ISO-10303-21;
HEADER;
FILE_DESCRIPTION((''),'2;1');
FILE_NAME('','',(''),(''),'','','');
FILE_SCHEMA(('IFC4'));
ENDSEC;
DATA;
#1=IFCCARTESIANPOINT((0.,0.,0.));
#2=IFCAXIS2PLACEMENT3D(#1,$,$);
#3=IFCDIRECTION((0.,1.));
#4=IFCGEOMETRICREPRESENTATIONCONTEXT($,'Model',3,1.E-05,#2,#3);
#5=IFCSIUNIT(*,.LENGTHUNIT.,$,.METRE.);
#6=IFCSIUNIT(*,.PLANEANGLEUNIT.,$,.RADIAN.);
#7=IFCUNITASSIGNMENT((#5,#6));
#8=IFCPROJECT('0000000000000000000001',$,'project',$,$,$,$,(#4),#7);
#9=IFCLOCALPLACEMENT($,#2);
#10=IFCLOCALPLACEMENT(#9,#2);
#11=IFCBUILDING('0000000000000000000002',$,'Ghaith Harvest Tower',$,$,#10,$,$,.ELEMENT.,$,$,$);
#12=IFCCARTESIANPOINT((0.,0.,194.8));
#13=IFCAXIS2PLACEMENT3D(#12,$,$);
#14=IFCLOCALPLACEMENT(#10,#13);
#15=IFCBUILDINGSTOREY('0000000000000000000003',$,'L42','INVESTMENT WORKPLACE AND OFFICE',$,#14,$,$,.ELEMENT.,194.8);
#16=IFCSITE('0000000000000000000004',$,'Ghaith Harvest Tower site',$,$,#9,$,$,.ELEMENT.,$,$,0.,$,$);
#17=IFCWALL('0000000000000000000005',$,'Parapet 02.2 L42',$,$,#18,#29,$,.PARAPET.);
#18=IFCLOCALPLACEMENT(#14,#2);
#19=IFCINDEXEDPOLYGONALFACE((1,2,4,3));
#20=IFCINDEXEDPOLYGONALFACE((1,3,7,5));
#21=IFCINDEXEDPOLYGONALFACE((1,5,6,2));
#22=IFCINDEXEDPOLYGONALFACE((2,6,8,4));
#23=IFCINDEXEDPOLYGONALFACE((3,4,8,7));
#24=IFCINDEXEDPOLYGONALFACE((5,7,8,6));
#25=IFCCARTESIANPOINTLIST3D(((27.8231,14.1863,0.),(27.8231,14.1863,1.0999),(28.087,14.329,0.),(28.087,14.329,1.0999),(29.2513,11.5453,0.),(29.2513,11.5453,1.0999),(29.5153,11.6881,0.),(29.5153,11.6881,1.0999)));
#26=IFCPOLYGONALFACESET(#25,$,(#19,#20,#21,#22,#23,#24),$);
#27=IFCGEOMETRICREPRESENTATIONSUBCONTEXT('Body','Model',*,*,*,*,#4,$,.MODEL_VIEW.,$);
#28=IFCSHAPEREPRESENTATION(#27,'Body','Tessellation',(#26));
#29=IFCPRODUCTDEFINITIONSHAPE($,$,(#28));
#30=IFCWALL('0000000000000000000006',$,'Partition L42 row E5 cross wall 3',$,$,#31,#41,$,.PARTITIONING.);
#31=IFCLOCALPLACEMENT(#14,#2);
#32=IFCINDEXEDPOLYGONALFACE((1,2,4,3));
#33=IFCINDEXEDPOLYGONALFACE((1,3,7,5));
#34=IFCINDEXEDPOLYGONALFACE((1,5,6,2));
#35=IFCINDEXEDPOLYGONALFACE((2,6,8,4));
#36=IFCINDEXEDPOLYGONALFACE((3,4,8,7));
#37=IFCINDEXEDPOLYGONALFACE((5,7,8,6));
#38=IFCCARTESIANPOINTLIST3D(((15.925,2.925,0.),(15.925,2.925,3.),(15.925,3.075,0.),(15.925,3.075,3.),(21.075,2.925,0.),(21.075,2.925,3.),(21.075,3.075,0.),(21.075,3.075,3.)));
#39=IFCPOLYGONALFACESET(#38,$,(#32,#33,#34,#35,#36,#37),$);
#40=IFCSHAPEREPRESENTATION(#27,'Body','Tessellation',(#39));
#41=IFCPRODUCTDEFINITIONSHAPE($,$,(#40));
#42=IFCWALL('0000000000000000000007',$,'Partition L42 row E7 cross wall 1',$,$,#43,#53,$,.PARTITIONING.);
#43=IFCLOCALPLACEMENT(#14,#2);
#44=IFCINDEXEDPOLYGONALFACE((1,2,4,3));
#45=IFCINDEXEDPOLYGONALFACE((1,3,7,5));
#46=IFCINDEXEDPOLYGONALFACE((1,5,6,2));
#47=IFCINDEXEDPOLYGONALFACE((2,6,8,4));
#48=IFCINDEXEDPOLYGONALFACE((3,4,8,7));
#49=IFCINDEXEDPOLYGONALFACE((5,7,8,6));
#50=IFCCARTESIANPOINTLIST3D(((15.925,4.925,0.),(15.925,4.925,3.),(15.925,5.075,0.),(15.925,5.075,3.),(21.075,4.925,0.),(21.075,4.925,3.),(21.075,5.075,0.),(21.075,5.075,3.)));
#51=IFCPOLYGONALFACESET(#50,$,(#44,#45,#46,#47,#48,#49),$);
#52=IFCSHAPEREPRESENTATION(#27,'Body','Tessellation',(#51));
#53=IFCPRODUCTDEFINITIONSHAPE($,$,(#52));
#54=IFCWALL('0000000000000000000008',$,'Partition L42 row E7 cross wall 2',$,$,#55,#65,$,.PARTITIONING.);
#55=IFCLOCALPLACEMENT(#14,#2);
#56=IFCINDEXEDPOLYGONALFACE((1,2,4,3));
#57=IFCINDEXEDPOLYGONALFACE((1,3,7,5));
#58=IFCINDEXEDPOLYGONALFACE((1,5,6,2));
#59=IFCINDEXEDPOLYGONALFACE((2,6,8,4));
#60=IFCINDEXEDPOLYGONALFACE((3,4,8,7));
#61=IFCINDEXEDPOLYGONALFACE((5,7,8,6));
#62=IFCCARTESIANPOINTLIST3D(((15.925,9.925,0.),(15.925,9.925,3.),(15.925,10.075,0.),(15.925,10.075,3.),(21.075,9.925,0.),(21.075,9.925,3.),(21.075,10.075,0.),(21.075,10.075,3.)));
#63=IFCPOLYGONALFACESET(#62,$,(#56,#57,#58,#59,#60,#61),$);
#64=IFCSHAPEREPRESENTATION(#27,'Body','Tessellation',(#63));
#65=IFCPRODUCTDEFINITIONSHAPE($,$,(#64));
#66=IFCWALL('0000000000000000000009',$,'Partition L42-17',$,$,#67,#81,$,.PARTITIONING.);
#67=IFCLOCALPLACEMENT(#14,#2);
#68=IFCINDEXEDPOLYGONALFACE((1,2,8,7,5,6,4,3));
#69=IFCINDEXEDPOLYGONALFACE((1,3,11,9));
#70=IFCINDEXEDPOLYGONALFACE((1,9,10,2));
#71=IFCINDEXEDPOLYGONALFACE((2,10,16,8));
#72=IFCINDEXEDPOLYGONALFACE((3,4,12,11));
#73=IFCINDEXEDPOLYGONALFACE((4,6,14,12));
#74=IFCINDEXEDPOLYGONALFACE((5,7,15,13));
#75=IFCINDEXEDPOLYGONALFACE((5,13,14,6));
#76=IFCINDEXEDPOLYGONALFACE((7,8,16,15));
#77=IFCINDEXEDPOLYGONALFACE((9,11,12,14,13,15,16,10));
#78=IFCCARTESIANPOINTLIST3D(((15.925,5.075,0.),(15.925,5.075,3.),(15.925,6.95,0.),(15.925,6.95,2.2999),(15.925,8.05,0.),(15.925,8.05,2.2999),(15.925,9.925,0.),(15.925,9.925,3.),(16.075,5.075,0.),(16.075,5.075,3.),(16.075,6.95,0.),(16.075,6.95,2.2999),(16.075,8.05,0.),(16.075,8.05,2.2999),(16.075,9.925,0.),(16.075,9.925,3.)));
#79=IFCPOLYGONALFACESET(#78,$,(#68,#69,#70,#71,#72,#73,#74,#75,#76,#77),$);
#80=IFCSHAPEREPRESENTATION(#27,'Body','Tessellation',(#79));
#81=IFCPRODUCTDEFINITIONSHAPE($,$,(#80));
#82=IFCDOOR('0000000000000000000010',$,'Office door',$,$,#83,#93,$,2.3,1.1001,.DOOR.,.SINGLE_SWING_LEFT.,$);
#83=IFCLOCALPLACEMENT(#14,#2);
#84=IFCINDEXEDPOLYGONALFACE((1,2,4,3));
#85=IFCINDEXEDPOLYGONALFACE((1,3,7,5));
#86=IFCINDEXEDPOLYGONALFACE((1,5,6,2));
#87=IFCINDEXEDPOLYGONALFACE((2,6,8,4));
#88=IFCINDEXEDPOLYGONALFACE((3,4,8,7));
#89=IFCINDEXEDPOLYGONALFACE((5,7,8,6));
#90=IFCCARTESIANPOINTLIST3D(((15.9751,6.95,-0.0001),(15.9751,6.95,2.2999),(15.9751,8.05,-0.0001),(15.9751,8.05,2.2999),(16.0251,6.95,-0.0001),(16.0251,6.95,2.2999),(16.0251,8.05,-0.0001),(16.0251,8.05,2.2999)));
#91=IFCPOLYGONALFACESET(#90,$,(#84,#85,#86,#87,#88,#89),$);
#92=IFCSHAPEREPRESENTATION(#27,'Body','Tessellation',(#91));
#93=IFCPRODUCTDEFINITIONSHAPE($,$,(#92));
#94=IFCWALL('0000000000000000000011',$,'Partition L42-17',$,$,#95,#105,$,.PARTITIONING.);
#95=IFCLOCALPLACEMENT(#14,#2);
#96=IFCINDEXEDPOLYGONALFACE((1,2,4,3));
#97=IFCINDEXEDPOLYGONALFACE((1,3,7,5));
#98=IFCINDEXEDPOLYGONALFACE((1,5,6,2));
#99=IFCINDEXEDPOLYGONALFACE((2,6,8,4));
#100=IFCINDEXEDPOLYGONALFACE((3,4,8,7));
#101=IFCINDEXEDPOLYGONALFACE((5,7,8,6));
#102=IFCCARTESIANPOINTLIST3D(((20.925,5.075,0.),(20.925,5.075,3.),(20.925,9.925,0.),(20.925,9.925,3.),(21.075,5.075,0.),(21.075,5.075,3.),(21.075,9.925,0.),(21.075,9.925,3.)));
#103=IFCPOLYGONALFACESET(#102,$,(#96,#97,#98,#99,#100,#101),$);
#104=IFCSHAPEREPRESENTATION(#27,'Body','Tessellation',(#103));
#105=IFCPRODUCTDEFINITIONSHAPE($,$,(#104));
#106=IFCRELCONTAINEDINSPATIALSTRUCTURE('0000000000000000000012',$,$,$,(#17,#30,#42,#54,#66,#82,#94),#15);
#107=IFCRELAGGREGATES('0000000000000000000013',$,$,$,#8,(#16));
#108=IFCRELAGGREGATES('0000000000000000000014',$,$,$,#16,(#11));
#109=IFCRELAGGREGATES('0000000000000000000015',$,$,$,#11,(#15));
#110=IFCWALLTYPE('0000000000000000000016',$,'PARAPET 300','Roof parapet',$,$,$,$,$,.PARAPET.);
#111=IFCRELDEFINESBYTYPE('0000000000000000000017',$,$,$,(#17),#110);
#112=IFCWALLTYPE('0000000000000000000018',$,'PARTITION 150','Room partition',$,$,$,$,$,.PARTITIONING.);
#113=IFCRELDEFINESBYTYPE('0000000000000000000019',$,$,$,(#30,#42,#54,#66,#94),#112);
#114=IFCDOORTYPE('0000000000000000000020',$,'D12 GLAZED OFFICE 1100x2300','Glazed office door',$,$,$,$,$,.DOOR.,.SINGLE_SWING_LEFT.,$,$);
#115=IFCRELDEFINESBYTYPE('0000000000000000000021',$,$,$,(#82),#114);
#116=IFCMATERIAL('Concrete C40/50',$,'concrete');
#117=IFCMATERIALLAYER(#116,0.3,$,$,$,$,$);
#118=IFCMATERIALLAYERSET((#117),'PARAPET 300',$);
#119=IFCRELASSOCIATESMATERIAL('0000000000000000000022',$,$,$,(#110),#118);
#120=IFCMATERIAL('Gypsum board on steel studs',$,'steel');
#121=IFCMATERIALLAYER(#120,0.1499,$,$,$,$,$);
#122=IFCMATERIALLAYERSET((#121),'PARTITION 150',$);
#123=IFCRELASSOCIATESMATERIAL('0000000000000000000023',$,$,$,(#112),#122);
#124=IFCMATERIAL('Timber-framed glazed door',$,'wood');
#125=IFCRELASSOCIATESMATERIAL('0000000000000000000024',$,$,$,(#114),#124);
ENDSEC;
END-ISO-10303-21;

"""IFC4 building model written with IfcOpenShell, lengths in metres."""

from ifc_helpers import new_model, si_unit, direction, frame, frame_2d, origin, place, context, subcontext, project, spatial, rectangle, extrude, material, layer, layer_set, type_object, element, fill, save


model = new_model("IFC4")

# Units and contexts
model_context = context("Model", 3, precision=1e-05, world=origin(), true_north=direction((0.0, 1.0)))
body_context = subcontext(model_context, "Body", "Model", "MODEL_VIEW")
ifc_project = project(units=[si_unit("LENGTHUNIT", "METRE"), si_unit("PLANEANGLEUNIT", "RADIAN")], contexts=[model_context])

# Site, building, storey
site_placement = place(None, origin())
site = spatial("IfcSite", under=ifc_project, at=site_placement, Name="Ghaith Harvest Tower site", CompositionType="ELEMENT", RefElevation=0.0)
building_placement = place(site_placement, origin())
building = spatial("IfcBuilding", under=site, at=building_placement, Name="Ghaith Harvest Tower", CompositionType="ELEMENT")
storey_placement = place(building_placement, frame((0.0, 0.0, 194.8)))
storey = spatial("IfcBuildingStorey", under=building, at=storey_placement, Name="L42", Description="INVESTMENT WORKPLACE AND OFFICE", CompositionType="ELEMENT", Elevation=194.8)

# Walls
ifc_material_1 = material(Name="Concrete C40/50", Category="concrete")
ifc_layer_1 = layer(ifc_material_1, 0.3)
ifc_layer_set_1 = layer_set([ifc_layer_1], Name="PARAPET 300")
wall_type_1 = type_object("IfcWallType", Name="PARAPET 300", Description="Roof parapet", PredefinedType="PARAPET", material=ifc_layer_set_1)
wall_1_placement = place(storey_placement, frame((29.3833, 11.6167, 0.0), z_axis=(0.0, 0.0, 1.0), x_axis=(-0.475704, 0.879605, 0.0)))
element("IfcWall", 1, at=wall_1_placement, inside=storey, type_object=wall_type_1, Name="Parapet 02.2 L42", PredefinedType="PARAPET", context=body_context, shape_type="SweptSolid", body=[
    extrude(rectangle(XDim=3.0024, YDim=0.3, at=frame_2d((1.5012, 0.0))), origin(), (0.0, 0.0, 1.0), 1.0999),
])
ifc_material_2 = material(Name="Gypsum board on steel studs", Category="steel")
ifc_layer_2 = layer(ifc_material_2, 0.1499)
ifc_layer_set_2 = layer_set([ifc_layer_2], Name="PARTITION 150")
wall_type_2 = type_object("IfcWallType", Name="PARTITION 150", Description="Room partition", PredefinedType="PARTITIONING", material=ifc_layer_set_2)
for number, where, z_axis, x_axis, name in (
    (2, (15.925, 3.0, 0.0), (0.0, 0.0, 1.0), (1.0, 0.0, 0.0), "Partition L42 row E5 cross wall 3"),
    (3, (15.925, 5.0, 0.0), (0.0, 0.0, 1.0), (1.0, 0.0, 0.0), "Partition L42 row E7 cross wall 1"),
    (4, (15.925, 10.0, 0.0), (0.0, 0.0, 1.0), (1.0, 0.0, 0.0), "Partition L42 row E7 cross wall 2"),
):
    element("IfcWall", number, at=place(storey_placement, frame(where, z_axis=z_axis, x_axis=x_axis)), inside=storey, type_object=wall_type_2, Name=name, PredefinedType="PARTITIONING", context=body_context, shape_type="SweptSolid", body=[
        extrude(rectangle(XDim=5.1499, YDim=0.1499, at=frame_2d((2.575, 0.0))), origin(), (0.0, 0.0, 1.0), 3.0),
    ])

# Wall, opening, door
wall_2_placement = place(storey_placement, frame((16.0, 5.075, 0.0), z_axis=(0.0, 0.0, 1.0), x_axis=(0.0, 1.0, 0.0)))
wall_2 = element("IfcWall", 5, at=wall_2_placement, inside=storey, type_object=wall_type_2, Name="Partition L42-17", PredefinedType="PARTITIONING", context=body_context, shape_type="SweptSolid", body=[
    extrude(rectangle(XDim=4.8501, YDim=0.1499, at=frame_2d((2.425, 0.0))), origin(), (0.0, 0.0, 1.0), 3.0),
])
opening_placement = place(wall_2_placement, frame((1.875, 0.0, 0.0)))
opening = element("IfcOpeningElement", 6, at=opening_placement, cuts=wall_2, PredefinedType="OPENING", context=body_context, shape_type="SweptSolid", body=[
    extrude(rectangle(XDim=1.1001, YDim=2.3, at=frame_2d((0.55, 1.1499))), frame((0.0, 0.085, 0.0), z_axis=(0.0, -1.0, 0.0), x_axis=(1.0, 0.0, 0.0)), (0.0, 0.0, 1.0), 0.1699),
])
ifc_material_3 = material(Name="Timber-framed glazed door", Category="wood")
door_type = type_object("IfcDoorType", Name="D12 GLAZED OFFICE 1100x2300", Description="Glazed office door", OperationType="SINGLE_SWING_LEFT", PredefinedType="DOOR", material=ifc_material_3)
door_placement = place(opening_placement, origin())
door = element("IfcDoor", 7, at=door_placement, inside=storey, type_object=door_type, Name="Office door", OperationType="SINGLE_SWING_LEFT", OverallHeight=2.3, OverallWidth=1.1001, PredefinedType="DOOR", context=body_context, shape_type="SweptSolid", body=[
    extrude(rectangle(XDim=1.1001, YDim=2.3, at=frame_2d((0.55, 1.1499))), frame((0.0, 0.0249, 0.0), z_axis=(0.0, -1.0, 0.0), x_axis=(1.0, 0.0, 0.0)), (0.0, 0.0, 1.0), 0.05),
])
fill(opening, door)

# Wall
wall_3_placement = place(storey_placement, frame((21.0, 5.075, 0.0), z_axis=(0.0, 0.0, 1.0), x_axis=(0.0, 1.0, 0.0)))
element("IfcWall", 8, at=wall_3_placement, inside=storey, type_object=wall_type_2, Name="Partition L42-17", PredefinedType="PARTITIONING", context=body_context, shape_type="SweptSolid", body=[
    extrude(rectangle(XDim=4.8501, YDim=0.1499, at=frame_2d((2.425, 0.0))), origin(), (0.0, 0.0, 1.0), 3.0),
])

save(model, "model.ifc")
